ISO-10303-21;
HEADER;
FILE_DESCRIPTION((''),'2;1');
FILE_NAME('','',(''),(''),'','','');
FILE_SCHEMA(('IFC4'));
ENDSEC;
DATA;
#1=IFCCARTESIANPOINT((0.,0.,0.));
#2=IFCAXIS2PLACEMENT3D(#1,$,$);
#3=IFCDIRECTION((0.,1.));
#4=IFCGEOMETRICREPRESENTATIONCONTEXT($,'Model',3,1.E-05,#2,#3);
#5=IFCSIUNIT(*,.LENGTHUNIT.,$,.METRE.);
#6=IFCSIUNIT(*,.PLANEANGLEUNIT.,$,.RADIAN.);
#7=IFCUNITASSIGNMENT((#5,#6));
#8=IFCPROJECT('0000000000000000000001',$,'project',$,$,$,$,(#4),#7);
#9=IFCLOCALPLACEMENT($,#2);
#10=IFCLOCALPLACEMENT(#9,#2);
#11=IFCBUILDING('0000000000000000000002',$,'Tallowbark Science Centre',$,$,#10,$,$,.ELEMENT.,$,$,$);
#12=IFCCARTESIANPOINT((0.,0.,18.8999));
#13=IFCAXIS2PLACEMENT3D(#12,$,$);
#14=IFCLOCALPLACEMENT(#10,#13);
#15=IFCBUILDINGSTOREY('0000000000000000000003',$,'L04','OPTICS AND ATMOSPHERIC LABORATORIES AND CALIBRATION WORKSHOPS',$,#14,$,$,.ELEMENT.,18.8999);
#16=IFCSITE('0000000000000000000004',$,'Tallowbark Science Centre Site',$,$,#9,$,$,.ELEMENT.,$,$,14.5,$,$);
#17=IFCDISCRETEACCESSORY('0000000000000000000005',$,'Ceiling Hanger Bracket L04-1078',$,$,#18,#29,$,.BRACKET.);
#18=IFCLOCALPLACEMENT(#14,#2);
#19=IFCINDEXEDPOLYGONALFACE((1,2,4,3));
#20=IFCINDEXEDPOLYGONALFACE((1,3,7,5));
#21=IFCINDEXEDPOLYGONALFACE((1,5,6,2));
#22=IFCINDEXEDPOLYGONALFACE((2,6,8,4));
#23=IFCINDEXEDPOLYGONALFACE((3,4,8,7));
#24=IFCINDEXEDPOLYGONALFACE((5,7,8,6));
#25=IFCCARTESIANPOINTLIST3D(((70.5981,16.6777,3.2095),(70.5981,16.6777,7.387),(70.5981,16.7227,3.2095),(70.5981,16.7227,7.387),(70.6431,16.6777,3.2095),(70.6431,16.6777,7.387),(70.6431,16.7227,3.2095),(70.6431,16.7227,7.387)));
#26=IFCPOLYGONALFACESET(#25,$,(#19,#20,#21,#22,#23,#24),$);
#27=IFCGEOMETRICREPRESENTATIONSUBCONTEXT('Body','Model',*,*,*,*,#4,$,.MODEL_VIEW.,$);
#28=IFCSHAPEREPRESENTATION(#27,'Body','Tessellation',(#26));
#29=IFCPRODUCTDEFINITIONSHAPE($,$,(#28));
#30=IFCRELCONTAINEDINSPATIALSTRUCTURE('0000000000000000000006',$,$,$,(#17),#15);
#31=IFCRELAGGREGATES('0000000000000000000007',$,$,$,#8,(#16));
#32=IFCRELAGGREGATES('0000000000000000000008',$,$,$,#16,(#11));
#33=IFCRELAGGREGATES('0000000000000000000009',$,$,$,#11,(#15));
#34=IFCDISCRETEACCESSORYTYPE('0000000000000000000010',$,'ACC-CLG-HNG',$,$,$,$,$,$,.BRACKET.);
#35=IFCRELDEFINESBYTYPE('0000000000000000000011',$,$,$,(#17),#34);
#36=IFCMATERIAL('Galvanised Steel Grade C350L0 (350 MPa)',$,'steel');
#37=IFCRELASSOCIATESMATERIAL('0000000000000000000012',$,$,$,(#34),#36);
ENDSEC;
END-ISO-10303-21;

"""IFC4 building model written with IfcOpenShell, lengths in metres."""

from ifc_helpers import new_model, si_unit, direction, frame, origin, origin_2d, place, context, subcontext, project, spatial, rectangle, extrude, material, type_object, element, save


model = new_model("IFC4")

# Units and contexts
model_context = context("Model", 3, precision=1e-05, world=origin(), true_north=direction((0.0, 1.0)))
body_context = subcontext(model_context, "Body", "Model", "MODEL_VIEW")
ifc_project = project(units=[si_unit("LENGTHUNIT", "METRE"), si_unit("PLANEANGLEUNIT", "RADIAN")], contexts=[model_context])

# Site, building, storey
site_placement = place(None, origin())
site = spatial("IfcSite", under=ifc_project, at=site_placement, Name="Tallowbark Science Centre Site", CompositionType="ELEMENT", RefElevation=14.5)
building_placement = place(site_placement, origin())
building = spatial("IfcBuilding", under=site, at=building_placement, Name="Tallowbark Science Centre", CompositionType="ELEMENT")
storey_placement = place(building_placement, frame((0.0, 0.0, 18.8999)))
storey = spatial("IfcBuildingStorey", under=building, at=storey_placement, Name="L04", Description="OPTICS AND ATMOSPHERIC LABORATORIES AND CALIBRATION WORKSHOPS", CompositionType="ELEMENT", Elevation=18.8999)

# Discrete accessory
ifc_material_1 = material(Name="Galvanised Steel Grade C350L0 (350 MPa)", Category="steel")
discrete_accessory_type_1 = type_object("IfcDiscreteAccessoryType", Name="ACC-CLG-HNG", PredefinedType="BRACKET", material=ifc_material_1)
discrete_accessory_1_placement = place(storey_placement, frame((70.6206, 16.7002, 3.2095), z_axis=(0.0, 0.0, 1.0), x_axis=(1.0, 0.0, 0.0)))
element("IfcDiscreteAccessory", 1, at=discrete_accessory_1_placement, inside=storey, type_object=discrete_accessory_type_1, Name="Ceiling Hanger Bracket L04-1078", PredefinedType="BRACKET", context=body_context, shape_type="SweptSolid", body=[
    extrude(rectangle(XDim=0.0449, YDim=0.0449, at=origin_2d()), origin(), (0.0, 0.0, 1.0), 4.1775),
])

save(model, "model.ifc")
